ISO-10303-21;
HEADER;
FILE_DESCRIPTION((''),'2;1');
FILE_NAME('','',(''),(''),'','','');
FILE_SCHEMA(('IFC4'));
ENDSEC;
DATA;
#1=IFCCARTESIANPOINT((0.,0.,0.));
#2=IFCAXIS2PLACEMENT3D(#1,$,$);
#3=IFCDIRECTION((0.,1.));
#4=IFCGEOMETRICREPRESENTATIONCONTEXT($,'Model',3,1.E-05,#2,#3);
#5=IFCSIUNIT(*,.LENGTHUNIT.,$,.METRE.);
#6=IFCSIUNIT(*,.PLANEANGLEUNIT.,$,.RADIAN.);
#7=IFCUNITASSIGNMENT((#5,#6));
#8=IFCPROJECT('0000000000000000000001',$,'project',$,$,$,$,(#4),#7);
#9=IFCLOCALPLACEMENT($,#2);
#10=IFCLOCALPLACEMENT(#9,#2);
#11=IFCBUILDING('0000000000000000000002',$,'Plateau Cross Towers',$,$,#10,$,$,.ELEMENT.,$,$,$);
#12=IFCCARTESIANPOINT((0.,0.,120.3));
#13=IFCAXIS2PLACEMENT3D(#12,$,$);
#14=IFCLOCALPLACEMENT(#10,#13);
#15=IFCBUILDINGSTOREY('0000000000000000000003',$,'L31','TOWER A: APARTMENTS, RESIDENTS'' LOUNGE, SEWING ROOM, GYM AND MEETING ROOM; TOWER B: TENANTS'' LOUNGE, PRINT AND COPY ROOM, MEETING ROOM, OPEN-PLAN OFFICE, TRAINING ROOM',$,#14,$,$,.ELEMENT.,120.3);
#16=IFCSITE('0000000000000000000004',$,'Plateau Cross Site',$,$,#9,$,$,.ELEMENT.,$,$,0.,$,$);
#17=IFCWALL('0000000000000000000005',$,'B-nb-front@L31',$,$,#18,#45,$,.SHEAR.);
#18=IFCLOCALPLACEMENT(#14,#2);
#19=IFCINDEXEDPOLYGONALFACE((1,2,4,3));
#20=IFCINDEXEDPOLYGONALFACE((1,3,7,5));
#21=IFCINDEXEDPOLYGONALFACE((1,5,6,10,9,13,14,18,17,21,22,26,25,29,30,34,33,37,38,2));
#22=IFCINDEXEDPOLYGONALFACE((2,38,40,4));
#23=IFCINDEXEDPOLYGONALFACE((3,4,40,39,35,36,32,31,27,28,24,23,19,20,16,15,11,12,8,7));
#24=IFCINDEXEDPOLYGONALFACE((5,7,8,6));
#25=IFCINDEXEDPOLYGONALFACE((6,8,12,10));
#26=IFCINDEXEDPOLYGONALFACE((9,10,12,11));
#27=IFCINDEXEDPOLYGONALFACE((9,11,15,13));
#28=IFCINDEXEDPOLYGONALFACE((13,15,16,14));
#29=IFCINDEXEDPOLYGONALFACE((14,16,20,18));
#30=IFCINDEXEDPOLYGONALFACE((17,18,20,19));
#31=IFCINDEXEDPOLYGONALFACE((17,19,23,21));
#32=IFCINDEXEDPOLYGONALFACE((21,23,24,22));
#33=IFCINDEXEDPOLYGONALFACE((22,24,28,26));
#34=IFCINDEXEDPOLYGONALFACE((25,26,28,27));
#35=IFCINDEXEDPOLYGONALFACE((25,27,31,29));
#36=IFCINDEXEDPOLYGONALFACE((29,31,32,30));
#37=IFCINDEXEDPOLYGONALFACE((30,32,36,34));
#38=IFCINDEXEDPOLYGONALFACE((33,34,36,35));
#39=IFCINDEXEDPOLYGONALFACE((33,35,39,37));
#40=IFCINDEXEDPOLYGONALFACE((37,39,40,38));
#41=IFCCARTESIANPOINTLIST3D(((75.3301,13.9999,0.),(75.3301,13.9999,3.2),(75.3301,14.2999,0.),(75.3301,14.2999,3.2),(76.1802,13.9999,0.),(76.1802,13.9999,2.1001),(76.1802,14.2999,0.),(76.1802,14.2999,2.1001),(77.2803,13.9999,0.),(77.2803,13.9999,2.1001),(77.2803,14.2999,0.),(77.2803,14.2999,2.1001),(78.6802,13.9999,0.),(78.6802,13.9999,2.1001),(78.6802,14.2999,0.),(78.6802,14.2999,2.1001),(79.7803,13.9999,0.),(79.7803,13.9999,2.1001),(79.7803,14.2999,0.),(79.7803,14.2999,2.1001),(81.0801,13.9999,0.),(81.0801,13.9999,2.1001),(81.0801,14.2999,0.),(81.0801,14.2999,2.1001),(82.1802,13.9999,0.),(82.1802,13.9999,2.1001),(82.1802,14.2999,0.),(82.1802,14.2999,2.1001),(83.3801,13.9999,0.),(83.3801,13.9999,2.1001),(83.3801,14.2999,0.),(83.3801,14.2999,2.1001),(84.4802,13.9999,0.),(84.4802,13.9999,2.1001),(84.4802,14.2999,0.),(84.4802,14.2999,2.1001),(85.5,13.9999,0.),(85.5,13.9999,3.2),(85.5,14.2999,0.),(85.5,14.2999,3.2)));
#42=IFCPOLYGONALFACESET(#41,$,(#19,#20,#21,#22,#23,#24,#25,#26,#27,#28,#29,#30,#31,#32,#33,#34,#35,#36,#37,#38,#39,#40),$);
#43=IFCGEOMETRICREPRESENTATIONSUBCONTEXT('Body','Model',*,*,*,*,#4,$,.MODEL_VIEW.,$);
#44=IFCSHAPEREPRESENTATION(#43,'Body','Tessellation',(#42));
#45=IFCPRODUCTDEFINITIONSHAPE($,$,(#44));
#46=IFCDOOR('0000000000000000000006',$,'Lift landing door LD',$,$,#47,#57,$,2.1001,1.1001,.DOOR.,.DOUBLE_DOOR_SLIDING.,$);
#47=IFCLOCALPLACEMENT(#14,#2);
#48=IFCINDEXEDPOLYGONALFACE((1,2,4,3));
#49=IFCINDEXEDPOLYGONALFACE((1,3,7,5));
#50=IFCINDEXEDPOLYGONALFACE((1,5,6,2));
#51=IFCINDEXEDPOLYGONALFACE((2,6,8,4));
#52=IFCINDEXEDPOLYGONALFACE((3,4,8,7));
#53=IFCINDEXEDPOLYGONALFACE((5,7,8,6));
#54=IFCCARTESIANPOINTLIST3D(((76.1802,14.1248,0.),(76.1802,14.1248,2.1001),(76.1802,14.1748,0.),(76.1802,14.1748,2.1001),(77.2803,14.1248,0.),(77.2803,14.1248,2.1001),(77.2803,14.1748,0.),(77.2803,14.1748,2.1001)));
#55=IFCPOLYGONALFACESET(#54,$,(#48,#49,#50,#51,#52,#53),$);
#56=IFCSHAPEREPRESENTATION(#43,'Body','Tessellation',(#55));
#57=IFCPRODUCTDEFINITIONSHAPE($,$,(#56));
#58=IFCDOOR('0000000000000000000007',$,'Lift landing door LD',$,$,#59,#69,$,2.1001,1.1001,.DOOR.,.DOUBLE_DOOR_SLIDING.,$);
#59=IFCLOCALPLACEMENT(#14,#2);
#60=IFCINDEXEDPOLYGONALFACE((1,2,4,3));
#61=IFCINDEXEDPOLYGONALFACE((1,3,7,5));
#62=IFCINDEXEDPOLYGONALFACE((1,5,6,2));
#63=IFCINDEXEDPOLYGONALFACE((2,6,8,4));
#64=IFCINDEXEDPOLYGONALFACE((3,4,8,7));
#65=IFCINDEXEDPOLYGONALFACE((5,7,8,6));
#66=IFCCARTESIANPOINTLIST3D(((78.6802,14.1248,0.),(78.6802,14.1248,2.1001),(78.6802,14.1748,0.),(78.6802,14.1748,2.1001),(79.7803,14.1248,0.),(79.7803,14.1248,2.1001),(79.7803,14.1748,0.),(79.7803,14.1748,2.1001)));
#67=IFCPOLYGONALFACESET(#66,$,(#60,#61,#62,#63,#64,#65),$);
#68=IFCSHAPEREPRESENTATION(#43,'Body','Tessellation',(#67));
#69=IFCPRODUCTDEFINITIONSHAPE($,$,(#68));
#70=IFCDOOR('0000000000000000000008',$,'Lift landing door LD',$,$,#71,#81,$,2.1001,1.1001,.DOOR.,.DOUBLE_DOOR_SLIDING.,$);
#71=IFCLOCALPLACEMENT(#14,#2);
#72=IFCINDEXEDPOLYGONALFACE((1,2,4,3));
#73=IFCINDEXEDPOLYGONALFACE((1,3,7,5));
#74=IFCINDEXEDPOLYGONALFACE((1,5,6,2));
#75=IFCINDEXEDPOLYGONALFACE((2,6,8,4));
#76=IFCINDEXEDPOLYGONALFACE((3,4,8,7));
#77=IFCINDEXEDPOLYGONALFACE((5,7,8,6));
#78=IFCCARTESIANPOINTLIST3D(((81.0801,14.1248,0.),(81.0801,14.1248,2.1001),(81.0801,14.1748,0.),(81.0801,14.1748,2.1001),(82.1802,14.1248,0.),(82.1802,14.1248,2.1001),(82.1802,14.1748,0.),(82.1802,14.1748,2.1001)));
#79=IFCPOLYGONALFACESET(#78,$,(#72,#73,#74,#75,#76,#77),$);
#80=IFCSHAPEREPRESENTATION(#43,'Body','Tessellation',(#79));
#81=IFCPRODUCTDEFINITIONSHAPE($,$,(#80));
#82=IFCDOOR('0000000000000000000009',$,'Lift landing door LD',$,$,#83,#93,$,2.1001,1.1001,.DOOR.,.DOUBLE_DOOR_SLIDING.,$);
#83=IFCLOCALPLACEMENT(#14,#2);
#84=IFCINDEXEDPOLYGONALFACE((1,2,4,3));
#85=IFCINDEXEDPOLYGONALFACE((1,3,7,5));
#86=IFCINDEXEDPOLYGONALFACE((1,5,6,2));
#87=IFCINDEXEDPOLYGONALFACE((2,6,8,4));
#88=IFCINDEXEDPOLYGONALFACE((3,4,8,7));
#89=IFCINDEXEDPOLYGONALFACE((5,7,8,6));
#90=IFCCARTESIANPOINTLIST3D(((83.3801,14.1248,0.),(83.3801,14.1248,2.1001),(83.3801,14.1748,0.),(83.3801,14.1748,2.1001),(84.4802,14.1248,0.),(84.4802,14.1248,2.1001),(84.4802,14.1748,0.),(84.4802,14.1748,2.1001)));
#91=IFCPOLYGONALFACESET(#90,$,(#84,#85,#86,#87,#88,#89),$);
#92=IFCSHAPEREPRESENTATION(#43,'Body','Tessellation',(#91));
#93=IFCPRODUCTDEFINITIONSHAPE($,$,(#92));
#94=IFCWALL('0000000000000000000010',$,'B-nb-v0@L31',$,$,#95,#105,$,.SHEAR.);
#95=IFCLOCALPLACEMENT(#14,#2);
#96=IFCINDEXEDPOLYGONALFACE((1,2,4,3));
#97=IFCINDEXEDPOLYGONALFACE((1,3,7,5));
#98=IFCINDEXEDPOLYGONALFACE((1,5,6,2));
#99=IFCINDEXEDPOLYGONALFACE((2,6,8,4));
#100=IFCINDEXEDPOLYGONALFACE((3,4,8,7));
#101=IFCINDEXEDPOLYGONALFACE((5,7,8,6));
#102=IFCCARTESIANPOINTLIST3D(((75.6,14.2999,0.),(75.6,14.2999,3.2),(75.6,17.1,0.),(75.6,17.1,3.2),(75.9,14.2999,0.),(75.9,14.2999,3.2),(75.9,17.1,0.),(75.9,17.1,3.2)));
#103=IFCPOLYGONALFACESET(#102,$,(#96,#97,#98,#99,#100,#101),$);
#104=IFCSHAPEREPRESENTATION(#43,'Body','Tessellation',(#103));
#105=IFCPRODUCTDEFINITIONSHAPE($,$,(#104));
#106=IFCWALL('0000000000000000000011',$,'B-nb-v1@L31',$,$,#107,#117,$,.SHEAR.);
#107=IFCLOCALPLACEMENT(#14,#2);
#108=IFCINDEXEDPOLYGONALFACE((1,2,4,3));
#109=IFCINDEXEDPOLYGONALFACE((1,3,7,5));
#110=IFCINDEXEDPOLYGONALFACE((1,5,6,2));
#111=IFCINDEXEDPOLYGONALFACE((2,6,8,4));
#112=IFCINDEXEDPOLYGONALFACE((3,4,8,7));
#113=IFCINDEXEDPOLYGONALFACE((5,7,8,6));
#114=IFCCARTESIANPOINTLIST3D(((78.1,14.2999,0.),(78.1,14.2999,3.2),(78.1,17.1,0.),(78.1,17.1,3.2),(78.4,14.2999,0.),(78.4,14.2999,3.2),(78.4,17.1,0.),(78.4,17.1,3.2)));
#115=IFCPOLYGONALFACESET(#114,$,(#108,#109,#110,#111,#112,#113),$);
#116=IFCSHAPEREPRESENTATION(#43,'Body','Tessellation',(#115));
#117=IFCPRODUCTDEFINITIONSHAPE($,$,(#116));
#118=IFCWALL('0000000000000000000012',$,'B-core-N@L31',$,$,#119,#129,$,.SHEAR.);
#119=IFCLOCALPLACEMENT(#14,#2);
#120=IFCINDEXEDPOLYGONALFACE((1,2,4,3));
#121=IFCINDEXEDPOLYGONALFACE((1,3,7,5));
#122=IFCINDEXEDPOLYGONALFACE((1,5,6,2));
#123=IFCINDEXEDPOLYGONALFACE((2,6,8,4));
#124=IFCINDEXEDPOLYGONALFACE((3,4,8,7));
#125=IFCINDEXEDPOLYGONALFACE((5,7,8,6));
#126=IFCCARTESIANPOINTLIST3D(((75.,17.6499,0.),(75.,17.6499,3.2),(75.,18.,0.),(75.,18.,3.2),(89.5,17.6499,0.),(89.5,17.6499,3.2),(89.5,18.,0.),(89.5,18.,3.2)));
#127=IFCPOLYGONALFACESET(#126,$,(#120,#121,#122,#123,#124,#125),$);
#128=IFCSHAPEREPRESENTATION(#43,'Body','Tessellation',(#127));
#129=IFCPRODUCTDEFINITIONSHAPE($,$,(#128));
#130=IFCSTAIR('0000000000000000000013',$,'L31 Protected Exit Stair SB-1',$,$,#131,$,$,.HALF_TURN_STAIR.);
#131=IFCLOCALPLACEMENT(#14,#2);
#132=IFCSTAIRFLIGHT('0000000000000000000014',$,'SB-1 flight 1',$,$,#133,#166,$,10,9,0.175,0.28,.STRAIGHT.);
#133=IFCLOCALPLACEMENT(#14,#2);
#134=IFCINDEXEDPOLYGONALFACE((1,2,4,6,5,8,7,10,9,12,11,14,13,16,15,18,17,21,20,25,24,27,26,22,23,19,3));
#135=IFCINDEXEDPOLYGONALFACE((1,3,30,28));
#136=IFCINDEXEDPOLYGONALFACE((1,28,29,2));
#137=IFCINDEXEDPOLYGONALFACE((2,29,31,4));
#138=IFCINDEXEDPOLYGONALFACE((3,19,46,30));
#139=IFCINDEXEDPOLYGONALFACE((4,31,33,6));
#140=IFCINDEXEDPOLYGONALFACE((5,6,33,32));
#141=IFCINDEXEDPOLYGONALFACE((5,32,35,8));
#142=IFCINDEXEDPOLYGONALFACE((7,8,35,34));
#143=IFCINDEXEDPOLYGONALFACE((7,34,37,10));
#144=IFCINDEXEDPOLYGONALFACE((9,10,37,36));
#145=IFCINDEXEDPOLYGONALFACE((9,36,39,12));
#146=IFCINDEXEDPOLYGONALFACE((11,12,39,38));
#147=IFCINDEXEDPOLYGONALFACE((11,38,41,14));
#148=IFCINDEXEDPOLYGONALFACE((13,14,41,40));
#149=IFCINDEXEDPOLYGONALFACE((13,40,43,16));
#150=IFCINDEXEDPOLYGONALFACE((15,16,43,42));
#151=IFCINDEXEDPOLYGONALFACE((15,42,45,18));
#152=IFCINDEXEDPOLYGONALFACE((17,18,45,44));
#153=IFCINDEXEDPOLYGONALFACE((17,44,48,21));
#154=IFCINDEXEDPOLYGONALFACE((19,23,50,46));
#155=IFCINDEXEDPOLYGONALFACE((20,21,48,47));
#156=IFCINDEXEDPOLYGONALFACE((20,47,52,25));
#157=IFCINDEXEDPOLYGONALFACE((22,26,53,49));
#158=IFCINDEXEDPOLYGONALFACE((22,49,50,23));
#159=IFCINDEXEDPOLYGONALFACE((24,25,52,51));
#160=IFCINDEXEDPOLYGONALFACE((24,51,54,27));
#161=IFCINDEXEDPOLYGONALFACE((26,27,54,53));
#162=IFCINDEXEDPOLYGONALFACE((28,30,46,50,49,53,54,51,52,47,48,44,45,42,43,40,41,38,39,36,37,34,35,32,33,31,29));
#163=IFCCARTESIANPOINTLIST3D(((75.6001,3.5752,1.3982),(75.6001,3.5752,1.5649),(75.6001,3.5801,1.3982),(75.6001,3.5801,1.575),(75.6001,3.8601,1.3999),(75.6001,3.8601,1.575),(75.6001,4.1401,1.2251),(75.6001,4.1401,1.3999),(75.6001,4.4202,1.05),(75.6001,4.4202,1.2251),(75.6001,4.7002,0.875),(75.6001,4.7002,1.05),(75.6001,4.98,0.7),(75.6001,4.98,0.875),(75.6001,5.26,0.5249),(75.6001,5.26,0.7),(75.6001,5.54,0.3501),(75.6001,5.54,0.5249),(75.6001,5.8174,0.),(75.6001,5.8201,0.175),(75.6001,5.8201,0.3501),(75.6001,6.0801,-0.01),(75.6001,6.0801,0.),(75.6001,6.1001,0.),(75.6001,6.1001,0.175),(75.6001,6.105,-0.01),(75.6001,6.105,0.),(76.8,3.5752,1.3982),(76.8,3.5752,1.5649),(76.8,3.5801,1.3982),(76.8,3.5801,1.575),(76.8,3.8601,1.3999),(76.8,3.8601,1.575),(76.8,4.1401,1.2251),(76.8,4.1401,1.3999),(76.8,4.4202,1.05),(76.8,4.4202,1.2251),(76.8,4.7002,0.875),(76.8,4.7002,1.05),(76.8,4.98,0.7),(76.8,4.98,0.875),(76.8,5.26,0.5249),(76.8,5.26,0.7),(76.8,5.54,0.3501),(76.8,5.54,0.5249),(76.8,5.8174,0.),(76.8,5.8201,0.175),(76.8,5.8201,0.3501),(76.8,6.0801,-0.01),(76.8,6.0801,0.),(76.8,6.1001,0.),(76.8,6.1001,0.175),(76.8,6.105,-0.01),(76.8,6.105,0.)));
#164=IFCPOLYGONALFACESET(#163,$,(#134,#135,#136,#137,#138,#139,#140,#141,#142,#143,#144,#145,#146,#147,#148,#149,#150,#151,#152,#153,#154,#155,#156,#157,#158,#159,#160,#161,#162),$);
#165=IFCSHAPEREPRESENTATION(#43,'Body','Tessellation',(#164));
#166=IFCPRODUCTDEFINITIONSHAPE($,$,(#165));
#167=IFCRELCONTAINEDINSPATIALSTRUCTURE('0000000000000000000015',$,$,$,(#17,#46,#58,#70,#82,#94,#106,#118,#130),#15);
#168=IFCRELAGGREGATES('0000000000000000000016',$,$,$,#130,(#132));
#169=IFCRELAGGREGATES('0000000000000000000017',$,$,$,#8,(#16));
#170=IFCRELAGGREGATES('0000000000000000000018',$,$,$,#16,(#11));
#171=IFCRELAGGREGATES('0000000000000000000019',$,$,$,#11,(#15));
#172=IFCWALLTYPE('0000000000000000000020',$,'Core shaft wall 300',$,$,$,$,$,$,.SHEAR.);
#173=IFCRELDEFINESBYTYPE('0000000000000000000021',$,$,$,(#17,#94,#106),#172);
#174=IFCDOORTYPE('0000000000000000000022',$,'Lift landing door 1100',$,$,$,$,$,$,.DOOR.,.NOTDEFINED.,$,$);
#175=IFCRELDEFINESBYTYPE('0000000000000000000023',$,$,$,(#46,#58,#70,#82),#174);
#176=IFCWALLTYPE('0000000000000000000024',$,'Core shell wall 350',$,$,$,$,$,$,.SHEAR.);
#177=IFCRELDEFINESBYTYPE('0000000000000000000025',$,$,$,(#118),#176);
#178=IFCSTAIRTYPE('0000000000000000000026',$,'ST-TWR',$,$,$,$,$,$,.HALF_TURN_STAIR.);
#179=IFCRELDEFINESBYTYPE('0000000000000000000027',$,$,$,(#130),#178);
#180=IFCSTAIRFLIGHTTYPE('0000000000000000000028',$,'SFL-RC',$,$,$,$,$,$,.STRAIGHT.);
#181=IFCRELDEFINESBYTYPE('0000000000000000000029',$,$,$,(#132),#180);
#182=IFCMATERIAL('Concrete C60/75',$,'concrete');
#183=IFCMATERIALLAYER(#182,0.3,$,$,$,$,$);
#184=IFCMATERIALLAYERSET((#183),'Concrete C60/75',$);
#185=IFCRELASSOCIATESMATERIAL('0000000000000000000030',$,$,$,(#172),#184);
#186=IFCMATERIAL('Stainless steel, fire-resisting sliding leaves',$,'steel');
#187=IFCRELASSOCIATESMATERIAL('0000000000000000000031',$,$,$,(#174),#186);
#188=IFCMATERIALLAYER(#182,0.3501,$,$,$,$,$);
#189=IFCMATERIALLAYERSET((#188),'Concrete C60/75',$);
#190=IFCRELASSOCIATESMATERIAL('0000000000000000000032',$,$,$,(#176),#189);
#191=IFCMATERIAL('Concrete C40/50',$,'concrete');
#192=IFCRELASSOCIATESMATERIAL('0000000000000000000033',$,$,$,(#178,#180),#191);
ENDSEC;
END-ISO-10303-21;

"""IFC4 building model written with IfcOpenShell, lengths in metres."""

from ifc_helpers import new_model, si_unit, direction, frame, frame_2d, origin, place, context, subcontext, project, spatial, polyline, rectangle, outline, extrude, material, layer, layer_set, type_object, element, fill, aggregate, save


model = new_model("IFC4")

# Units and contexts
model_context = context("Model", 3, precision=1e-05, world=origin(), true_north=direction((0.0, 1.0)))
body_context = subcontext(model_context, "Body", "Model", "MODEL_VIEW")
ifc_project = project(units=[si_unit("LENGTHUNIT", "METRE"), si_unit("PLANEANGLEUNIT", "RADIAN")], contexts=[model_context])

# Site, building, storey
site_placement = place(None, origin())
site = spatial("IfcSite", under=ifc_project, at=site_placement, Name="Plateau Cross Site", CompositionType="ELEMENT", RefElevation=0.0)
building_placement = place(site_placement, origin())
building = spatial("IfcBuilding", under=site, at=building_placement, Name="Plateau Cross Towers", CompositionType="ELEMENT")
storey_placement = place(building_placement, frame((0.0, 0.0, 120.3)))
storey = spatial("IfcBuildingStorey", under=building, at=storey_placement, Name="L31", Description="TOWER A: APARTMENTS, RESIDENTS' LOUNGE, SEWING ROOM, GYM AND MEETING ROOM; TOWER B: TENANTS' LOUNGE, PRINT AND COPY ROOM, MEETING ROOM, OPEN-PLAN OFFICE, TRAINING ROOM", CompositionType="ELEMENT", Elevation=120.3)

# Shared definitions
ifc_material_1 = material(Name="Concrete C60/75", Category="concrete")

# Shared definitions
ifc_layer_1 = layer(ifc_material_1, 0.3)
ifc_layer_set_1 = layer_set([ifc_layer_1], Name="Concrete C60/75")
wall_type_1 = type_object("IfcWallType", Name="Core shaft wall 300", PredefinedType="SHEAR", material=ifc_layer_set_1)

# Wall, openings, doors
wall_1_placement = place(storey_placement, frame((75.3301, 14.1499, 0.0), z_axis=(0.0, 0.0, 1.0), x_axis=(1.0, 0.0, 0.0)))
wall_1 = element("IfcWall", 1, at=wall_1_placement, inside=storey, type_object=wall_type_1, Name="B-nb-front@L31", PredefinedType="SHEAR", context=body_context, shape_type="SweptSolid", body=[
    extrude(rectangle(XDim=10.1699, YDim=0.3, at=frame_2d((5.085, 0.0))), origin(), (0.0, 0.0, 1.0), 3.2),
])
opening_1_placement = place(wall_1_placement, frame((0.8501, 0.0, 0.0)))
opening_1 = element("IfcOpeningElement", 2, at=opening_1_placement, cuts=wall_1, PredefinedType="OPENING", context=body_context, shape_type="SweptSolid", body=[
    extrude(rectangle(XDim=1.1001, YDim=2.1001, at=frame_2d((0.55, 1.05))), frame((0.0, 0.1599, 0.0), z_axis=(0.0, -1.0, 0.0), x_axis=(1.0, 0.0, 0.0)), (0.0, 0.0, 1.0), 0.3201),
])
opening_2_placement = place(wall_1_placement, frame((3.3501, 0.0, 0.0)))
opening_2 = element("IfcOpeningElement", 3, at=opening_2_placement, cuts=wall_1, PredefinedType="OPENING", context=body_context, shape_type="SweptSolid", body=[
    extrude(rectangle(XDim=1.1001, YDim=2.1001, at=frame_2d((0.55, 1.05))), frame((0.0, 0.1599, 0.0), z_axis=(0.0, -1.0, 0.0), x_axis=(1.0, 0.0, 0.0)), (0.0, 0.0, 1.0), 0.3201),
])
opening_3_placement = place(wall_1_placement, frame((5.75, 0.0, 0.0)))
opening_3 = element("IfcOpeningElement", 4, at=opening_3_placement, cuts=wall_1, PredefinedType="OPENING", context=body_context, shape_type="SweptSolid", body=[
    extrude(rectangle(XDim=1.1001, YDim=2.1001, at=frame_2d((0.55, 1.05))), frame((0.0, 0.1599, 0.0), z_axis=(0.0, -1.0, 0.0), x_axis=(1.0, 0.0, 0.0)), (0.0, 0.0, 1.0), 0.3201),
])
opening_4_placement = place(wall_1_placement, frame((8.05, 0.0, 0.0)))
opening_4 = element("IfcOpeningElement", 5, at=opening_4_placement, cuts=wall_1, PredefinedType="OPENING", context=body_context, shape_type="SweptSolid", body=[
    extrude(rectangle(XDim=1.1001, YDim=2.1001, at=frame_2d((0.55, 1.05))), frame((0.0, 0.1599, 0.0), z_axis=(0.0, -1.0, 0.0), x_axis=(1.0, 0.0, 0.0)), (0.0, 0.0, 1.0), 0.3201),
])
ifc_material_2 = material(Name="Stainless steel, fire-resisting sliding leaves", Category="steel")
door_type_1 = type_object("IfcDoorType", Name="Lift landing door 1100", OperationType="NOTDEFINED", PredefinedType="DOOR", material=ifc_material_2)
door_1_placement = place(opening_1_placement, origin())
door_1 = element("IfcDoor", 6, at=door_1_placement, inside=storey, type_object=door_type_1, Name="Lift landing door LD", OperationType="DOUBLE_DOOR_SLIDING", OverallHeight=2.1001, OverallWidth=1.1001, PredefinedType="DOOR", context=body_context, shape_type="SweptSolid", body=[
    extrude(rectangle(XDim=1.1001, YDim=2.1001, at=frame_2d((0.55, 1.05))), frame((0.0, 0.0249, 0.0), z_axis=(0.0, -1.0, 0.0), x_axis=(1.0, 0.0, 0.0)), (0.0, 0.0, 1.0), 0.05),
])
fill(opening_1, door_1)
door_2_placement = place(opening_2_placement, origin())
door_2 = element("IfcDoor", 7, at=door_2_placement, inside=storey, type_object=door_type_1, Name="Lift landing door LD", OperationType="DOUBLE_DOOR_SLIDING", OverallHeight=2.1001, OverallWidth=1.1001, PredefinedType="DOOR", context=body_context, shape_type="SweptSolid", body=[
    extrude(rectangle(XDim=1.1001, YDim=2.1001, at=frame_2d((0.55, 1.05))), frame((0.0, 0.0249, 0.0), z_axis=(0.0, -1.0, 0.0), x_axis=(1.0, 0.0, 0.0)), (0.0, 0.0, 1.0), 0.05),
])
fill(opening_2, door_2)
door_3_placement = place(opening_3_placement, origin())
door_3 = element("IfcDoor", 8, at=door_3_placement, inside=storey, type_object=door_type_1, Name="Lift landing door LD", OperationType="DOUBLE_DOOR_SLIDING", OverallHeight=2.1001, OverallWidth=1.1001, PredefinedType="DOOR", context=body_context, shape_type="SweptSolid", body=[
    extrude(rectangle(XDim=1.1001, YDim=2.1001, at=frame_2d((0.55, 1.05))), frame((0.0, 0.0249, 0.0), z_axis=(0.0, -1.0, 0.0), x_axis=(1.0, 0.0, 0.0)), (0.0, 0.0, 1.0), 0.05),
])
fill(opening_3, door_3)
door_4_placement = place(opening_4_placement, origin())
door_4 = element("IfcDoor", 9, at=door_4_placement, inside=storey, type_object=door_type_1, Name="Lift landing door LD", OperationType="DOUBLE_DOOR_SLIDING", OverallHeight=2.1001, OverallWidth=1.1001, PredefinedType="DOOR", context=body_context, shape_type="SweptSolid", body=[
    extrude(rectangle(XDim=1.1001, YDim=2.1001, at=frame_2d((0.55, 1.05))), frame((0.0, 0.0249, 0.0), z_axis=(0.0, -1.0, 0.0), x_axis=(1.0, 0.0, 0.0)), (0.0, 0.0, 1.0), 0.05),
])
fill(opening_4, door_4)

# Walls
for number, where, z_axis, x_axis, name in (
    (10, (75.75, 14.3, 0.0), (0.0, 0.0, 1.0), (0.0, 1.0, 0.0), "B-nb-v0@L31"),
    (11, (78.25, 14.3, 0.0), (0.0, 0.0, 1.0), (0.0, 1.0, 0.0), "B-nb-v1@L31"),
):
    element("IfcWall", number, at=place(storey_placement, frame(where, z_axis=z_axis, x_axis=x_axis)), inside=storey, type_object=wall_type_1, Name=name, PredefinedType="SHEAR", context=body_context, shape_type="SweptSolid", body=[
        extrude(rectangle(XDim=2.8, YDim=0.3, at=frame_2d((1.3999, 0.0))), origin(), (0.0, 0.0, 1.0), 3.2),
    ])
ifc_layer_2 = layer(ifc_material_1, 0.3501)
ifc_layer_set_2 = layer_set([ifc_layer_2], Name="Concrete C60/75")
wall_type_2 = type_object("IfcWallType", Name="Core shell wall 350", PredefinedType="SHEAR", material=ifc_layer_set_2)
wall_2_placement = place(storey_placement, frame((75.0, 17.825, 0.0), z_axis=(0.0, 0.0, 1.0), x_axis=(1.0, 0.0, 0.0)))
element("IfcWall", 12, at=wall_2_placement, inside=storey, type_object=wall_type_2, Name="B-core-N@L31", PredefinedType="SHEAR", context=body_context, shape_type="SweptSolid", body=[
    extrude(rectangle(XDim=14.5, YDim=0.3501, at=frame_2d((7.25, 0.0))), origin(), (0.0, 0.0, 1.0), 3.2),
])

# Stair, stair flight
ifc_material_3 = material(Name="Concrete C40/50", Category="concrete")
stair_type = type_object("IfcStairType", Name="ST-TWR", PredefinedType="HALF_TURN_STAIR", material=ifc_material_3)
stair_1_placement = place(storey_placement, origin())
stair_1 = element("IfcStair", 13, at=stair_1_placement, inside=storey, type_object=stair_type, Name="L31 Protected Exit Stair SB-1", PredefinedType="HALF_TURN_STAIR")
stair_flight_type = type_object("IfcStairFlightType", Name="SFL-RC", PredefinedType="STRAIGHT", material=ifc_material_3)
stair_flight_1_placement = place(storey_placement, frame((76.2, 6.1001, 0.0), z_axis=(0.0, 0.0, 1.0), x_axis=(0.0, -1.0, 0.0)))
stair_flight_1 = element("IfcStairFlight", 14, at=stair_flight_1_placement, type_object=stair_flight_type, Name="SB-1 flight 1", NumberOfRisers=10, NumberOfTreads=9, PredefinedType="STRAIGHT", RiserHeight=0.175, TreadLength=0.28, context=body_context, shape_type="SweptSolid", body=[
    extrude(outline(polyline([(-0.0049, -0.01), (-0.0049, 0.0), (0.0, 0.0), (0.0, 0.175), (0.28, 0.175), (0.28, 0.3501), (0.5601, 0.3501), (0.5601, 0.5249), (0.8401, 0.5249), (0.8401, 0.7), (1.1201, 0.7), (1.1201, 0.875), (1.3999, 0.875), (1.3999, 1.05), (1.6799, 1.05), (1.6799, 1.2251), (1.96, 1.2251), (1.96, 1.3999), (2.24, 1.3999), (2.24, 1.575), (2.52, 1.575), (2.5249, 1.5649), (2.5249, 1.3982), (2.52, 1.3982), (0.2827, 0.0), (0.02, 0.0), (0.02, -0.01), (-0.0049, -0.01)])), frame((0.0, 0.6001, 0.0), z_axis=(0.0, -1.0, 0.0), x_axis=(1.0, 0.0, 0.0)), (0.0, 0.0, 1.0), 1.2),
])
aggregate(stair_1, [stair_flight_1])

save(model, "model.ifc")
